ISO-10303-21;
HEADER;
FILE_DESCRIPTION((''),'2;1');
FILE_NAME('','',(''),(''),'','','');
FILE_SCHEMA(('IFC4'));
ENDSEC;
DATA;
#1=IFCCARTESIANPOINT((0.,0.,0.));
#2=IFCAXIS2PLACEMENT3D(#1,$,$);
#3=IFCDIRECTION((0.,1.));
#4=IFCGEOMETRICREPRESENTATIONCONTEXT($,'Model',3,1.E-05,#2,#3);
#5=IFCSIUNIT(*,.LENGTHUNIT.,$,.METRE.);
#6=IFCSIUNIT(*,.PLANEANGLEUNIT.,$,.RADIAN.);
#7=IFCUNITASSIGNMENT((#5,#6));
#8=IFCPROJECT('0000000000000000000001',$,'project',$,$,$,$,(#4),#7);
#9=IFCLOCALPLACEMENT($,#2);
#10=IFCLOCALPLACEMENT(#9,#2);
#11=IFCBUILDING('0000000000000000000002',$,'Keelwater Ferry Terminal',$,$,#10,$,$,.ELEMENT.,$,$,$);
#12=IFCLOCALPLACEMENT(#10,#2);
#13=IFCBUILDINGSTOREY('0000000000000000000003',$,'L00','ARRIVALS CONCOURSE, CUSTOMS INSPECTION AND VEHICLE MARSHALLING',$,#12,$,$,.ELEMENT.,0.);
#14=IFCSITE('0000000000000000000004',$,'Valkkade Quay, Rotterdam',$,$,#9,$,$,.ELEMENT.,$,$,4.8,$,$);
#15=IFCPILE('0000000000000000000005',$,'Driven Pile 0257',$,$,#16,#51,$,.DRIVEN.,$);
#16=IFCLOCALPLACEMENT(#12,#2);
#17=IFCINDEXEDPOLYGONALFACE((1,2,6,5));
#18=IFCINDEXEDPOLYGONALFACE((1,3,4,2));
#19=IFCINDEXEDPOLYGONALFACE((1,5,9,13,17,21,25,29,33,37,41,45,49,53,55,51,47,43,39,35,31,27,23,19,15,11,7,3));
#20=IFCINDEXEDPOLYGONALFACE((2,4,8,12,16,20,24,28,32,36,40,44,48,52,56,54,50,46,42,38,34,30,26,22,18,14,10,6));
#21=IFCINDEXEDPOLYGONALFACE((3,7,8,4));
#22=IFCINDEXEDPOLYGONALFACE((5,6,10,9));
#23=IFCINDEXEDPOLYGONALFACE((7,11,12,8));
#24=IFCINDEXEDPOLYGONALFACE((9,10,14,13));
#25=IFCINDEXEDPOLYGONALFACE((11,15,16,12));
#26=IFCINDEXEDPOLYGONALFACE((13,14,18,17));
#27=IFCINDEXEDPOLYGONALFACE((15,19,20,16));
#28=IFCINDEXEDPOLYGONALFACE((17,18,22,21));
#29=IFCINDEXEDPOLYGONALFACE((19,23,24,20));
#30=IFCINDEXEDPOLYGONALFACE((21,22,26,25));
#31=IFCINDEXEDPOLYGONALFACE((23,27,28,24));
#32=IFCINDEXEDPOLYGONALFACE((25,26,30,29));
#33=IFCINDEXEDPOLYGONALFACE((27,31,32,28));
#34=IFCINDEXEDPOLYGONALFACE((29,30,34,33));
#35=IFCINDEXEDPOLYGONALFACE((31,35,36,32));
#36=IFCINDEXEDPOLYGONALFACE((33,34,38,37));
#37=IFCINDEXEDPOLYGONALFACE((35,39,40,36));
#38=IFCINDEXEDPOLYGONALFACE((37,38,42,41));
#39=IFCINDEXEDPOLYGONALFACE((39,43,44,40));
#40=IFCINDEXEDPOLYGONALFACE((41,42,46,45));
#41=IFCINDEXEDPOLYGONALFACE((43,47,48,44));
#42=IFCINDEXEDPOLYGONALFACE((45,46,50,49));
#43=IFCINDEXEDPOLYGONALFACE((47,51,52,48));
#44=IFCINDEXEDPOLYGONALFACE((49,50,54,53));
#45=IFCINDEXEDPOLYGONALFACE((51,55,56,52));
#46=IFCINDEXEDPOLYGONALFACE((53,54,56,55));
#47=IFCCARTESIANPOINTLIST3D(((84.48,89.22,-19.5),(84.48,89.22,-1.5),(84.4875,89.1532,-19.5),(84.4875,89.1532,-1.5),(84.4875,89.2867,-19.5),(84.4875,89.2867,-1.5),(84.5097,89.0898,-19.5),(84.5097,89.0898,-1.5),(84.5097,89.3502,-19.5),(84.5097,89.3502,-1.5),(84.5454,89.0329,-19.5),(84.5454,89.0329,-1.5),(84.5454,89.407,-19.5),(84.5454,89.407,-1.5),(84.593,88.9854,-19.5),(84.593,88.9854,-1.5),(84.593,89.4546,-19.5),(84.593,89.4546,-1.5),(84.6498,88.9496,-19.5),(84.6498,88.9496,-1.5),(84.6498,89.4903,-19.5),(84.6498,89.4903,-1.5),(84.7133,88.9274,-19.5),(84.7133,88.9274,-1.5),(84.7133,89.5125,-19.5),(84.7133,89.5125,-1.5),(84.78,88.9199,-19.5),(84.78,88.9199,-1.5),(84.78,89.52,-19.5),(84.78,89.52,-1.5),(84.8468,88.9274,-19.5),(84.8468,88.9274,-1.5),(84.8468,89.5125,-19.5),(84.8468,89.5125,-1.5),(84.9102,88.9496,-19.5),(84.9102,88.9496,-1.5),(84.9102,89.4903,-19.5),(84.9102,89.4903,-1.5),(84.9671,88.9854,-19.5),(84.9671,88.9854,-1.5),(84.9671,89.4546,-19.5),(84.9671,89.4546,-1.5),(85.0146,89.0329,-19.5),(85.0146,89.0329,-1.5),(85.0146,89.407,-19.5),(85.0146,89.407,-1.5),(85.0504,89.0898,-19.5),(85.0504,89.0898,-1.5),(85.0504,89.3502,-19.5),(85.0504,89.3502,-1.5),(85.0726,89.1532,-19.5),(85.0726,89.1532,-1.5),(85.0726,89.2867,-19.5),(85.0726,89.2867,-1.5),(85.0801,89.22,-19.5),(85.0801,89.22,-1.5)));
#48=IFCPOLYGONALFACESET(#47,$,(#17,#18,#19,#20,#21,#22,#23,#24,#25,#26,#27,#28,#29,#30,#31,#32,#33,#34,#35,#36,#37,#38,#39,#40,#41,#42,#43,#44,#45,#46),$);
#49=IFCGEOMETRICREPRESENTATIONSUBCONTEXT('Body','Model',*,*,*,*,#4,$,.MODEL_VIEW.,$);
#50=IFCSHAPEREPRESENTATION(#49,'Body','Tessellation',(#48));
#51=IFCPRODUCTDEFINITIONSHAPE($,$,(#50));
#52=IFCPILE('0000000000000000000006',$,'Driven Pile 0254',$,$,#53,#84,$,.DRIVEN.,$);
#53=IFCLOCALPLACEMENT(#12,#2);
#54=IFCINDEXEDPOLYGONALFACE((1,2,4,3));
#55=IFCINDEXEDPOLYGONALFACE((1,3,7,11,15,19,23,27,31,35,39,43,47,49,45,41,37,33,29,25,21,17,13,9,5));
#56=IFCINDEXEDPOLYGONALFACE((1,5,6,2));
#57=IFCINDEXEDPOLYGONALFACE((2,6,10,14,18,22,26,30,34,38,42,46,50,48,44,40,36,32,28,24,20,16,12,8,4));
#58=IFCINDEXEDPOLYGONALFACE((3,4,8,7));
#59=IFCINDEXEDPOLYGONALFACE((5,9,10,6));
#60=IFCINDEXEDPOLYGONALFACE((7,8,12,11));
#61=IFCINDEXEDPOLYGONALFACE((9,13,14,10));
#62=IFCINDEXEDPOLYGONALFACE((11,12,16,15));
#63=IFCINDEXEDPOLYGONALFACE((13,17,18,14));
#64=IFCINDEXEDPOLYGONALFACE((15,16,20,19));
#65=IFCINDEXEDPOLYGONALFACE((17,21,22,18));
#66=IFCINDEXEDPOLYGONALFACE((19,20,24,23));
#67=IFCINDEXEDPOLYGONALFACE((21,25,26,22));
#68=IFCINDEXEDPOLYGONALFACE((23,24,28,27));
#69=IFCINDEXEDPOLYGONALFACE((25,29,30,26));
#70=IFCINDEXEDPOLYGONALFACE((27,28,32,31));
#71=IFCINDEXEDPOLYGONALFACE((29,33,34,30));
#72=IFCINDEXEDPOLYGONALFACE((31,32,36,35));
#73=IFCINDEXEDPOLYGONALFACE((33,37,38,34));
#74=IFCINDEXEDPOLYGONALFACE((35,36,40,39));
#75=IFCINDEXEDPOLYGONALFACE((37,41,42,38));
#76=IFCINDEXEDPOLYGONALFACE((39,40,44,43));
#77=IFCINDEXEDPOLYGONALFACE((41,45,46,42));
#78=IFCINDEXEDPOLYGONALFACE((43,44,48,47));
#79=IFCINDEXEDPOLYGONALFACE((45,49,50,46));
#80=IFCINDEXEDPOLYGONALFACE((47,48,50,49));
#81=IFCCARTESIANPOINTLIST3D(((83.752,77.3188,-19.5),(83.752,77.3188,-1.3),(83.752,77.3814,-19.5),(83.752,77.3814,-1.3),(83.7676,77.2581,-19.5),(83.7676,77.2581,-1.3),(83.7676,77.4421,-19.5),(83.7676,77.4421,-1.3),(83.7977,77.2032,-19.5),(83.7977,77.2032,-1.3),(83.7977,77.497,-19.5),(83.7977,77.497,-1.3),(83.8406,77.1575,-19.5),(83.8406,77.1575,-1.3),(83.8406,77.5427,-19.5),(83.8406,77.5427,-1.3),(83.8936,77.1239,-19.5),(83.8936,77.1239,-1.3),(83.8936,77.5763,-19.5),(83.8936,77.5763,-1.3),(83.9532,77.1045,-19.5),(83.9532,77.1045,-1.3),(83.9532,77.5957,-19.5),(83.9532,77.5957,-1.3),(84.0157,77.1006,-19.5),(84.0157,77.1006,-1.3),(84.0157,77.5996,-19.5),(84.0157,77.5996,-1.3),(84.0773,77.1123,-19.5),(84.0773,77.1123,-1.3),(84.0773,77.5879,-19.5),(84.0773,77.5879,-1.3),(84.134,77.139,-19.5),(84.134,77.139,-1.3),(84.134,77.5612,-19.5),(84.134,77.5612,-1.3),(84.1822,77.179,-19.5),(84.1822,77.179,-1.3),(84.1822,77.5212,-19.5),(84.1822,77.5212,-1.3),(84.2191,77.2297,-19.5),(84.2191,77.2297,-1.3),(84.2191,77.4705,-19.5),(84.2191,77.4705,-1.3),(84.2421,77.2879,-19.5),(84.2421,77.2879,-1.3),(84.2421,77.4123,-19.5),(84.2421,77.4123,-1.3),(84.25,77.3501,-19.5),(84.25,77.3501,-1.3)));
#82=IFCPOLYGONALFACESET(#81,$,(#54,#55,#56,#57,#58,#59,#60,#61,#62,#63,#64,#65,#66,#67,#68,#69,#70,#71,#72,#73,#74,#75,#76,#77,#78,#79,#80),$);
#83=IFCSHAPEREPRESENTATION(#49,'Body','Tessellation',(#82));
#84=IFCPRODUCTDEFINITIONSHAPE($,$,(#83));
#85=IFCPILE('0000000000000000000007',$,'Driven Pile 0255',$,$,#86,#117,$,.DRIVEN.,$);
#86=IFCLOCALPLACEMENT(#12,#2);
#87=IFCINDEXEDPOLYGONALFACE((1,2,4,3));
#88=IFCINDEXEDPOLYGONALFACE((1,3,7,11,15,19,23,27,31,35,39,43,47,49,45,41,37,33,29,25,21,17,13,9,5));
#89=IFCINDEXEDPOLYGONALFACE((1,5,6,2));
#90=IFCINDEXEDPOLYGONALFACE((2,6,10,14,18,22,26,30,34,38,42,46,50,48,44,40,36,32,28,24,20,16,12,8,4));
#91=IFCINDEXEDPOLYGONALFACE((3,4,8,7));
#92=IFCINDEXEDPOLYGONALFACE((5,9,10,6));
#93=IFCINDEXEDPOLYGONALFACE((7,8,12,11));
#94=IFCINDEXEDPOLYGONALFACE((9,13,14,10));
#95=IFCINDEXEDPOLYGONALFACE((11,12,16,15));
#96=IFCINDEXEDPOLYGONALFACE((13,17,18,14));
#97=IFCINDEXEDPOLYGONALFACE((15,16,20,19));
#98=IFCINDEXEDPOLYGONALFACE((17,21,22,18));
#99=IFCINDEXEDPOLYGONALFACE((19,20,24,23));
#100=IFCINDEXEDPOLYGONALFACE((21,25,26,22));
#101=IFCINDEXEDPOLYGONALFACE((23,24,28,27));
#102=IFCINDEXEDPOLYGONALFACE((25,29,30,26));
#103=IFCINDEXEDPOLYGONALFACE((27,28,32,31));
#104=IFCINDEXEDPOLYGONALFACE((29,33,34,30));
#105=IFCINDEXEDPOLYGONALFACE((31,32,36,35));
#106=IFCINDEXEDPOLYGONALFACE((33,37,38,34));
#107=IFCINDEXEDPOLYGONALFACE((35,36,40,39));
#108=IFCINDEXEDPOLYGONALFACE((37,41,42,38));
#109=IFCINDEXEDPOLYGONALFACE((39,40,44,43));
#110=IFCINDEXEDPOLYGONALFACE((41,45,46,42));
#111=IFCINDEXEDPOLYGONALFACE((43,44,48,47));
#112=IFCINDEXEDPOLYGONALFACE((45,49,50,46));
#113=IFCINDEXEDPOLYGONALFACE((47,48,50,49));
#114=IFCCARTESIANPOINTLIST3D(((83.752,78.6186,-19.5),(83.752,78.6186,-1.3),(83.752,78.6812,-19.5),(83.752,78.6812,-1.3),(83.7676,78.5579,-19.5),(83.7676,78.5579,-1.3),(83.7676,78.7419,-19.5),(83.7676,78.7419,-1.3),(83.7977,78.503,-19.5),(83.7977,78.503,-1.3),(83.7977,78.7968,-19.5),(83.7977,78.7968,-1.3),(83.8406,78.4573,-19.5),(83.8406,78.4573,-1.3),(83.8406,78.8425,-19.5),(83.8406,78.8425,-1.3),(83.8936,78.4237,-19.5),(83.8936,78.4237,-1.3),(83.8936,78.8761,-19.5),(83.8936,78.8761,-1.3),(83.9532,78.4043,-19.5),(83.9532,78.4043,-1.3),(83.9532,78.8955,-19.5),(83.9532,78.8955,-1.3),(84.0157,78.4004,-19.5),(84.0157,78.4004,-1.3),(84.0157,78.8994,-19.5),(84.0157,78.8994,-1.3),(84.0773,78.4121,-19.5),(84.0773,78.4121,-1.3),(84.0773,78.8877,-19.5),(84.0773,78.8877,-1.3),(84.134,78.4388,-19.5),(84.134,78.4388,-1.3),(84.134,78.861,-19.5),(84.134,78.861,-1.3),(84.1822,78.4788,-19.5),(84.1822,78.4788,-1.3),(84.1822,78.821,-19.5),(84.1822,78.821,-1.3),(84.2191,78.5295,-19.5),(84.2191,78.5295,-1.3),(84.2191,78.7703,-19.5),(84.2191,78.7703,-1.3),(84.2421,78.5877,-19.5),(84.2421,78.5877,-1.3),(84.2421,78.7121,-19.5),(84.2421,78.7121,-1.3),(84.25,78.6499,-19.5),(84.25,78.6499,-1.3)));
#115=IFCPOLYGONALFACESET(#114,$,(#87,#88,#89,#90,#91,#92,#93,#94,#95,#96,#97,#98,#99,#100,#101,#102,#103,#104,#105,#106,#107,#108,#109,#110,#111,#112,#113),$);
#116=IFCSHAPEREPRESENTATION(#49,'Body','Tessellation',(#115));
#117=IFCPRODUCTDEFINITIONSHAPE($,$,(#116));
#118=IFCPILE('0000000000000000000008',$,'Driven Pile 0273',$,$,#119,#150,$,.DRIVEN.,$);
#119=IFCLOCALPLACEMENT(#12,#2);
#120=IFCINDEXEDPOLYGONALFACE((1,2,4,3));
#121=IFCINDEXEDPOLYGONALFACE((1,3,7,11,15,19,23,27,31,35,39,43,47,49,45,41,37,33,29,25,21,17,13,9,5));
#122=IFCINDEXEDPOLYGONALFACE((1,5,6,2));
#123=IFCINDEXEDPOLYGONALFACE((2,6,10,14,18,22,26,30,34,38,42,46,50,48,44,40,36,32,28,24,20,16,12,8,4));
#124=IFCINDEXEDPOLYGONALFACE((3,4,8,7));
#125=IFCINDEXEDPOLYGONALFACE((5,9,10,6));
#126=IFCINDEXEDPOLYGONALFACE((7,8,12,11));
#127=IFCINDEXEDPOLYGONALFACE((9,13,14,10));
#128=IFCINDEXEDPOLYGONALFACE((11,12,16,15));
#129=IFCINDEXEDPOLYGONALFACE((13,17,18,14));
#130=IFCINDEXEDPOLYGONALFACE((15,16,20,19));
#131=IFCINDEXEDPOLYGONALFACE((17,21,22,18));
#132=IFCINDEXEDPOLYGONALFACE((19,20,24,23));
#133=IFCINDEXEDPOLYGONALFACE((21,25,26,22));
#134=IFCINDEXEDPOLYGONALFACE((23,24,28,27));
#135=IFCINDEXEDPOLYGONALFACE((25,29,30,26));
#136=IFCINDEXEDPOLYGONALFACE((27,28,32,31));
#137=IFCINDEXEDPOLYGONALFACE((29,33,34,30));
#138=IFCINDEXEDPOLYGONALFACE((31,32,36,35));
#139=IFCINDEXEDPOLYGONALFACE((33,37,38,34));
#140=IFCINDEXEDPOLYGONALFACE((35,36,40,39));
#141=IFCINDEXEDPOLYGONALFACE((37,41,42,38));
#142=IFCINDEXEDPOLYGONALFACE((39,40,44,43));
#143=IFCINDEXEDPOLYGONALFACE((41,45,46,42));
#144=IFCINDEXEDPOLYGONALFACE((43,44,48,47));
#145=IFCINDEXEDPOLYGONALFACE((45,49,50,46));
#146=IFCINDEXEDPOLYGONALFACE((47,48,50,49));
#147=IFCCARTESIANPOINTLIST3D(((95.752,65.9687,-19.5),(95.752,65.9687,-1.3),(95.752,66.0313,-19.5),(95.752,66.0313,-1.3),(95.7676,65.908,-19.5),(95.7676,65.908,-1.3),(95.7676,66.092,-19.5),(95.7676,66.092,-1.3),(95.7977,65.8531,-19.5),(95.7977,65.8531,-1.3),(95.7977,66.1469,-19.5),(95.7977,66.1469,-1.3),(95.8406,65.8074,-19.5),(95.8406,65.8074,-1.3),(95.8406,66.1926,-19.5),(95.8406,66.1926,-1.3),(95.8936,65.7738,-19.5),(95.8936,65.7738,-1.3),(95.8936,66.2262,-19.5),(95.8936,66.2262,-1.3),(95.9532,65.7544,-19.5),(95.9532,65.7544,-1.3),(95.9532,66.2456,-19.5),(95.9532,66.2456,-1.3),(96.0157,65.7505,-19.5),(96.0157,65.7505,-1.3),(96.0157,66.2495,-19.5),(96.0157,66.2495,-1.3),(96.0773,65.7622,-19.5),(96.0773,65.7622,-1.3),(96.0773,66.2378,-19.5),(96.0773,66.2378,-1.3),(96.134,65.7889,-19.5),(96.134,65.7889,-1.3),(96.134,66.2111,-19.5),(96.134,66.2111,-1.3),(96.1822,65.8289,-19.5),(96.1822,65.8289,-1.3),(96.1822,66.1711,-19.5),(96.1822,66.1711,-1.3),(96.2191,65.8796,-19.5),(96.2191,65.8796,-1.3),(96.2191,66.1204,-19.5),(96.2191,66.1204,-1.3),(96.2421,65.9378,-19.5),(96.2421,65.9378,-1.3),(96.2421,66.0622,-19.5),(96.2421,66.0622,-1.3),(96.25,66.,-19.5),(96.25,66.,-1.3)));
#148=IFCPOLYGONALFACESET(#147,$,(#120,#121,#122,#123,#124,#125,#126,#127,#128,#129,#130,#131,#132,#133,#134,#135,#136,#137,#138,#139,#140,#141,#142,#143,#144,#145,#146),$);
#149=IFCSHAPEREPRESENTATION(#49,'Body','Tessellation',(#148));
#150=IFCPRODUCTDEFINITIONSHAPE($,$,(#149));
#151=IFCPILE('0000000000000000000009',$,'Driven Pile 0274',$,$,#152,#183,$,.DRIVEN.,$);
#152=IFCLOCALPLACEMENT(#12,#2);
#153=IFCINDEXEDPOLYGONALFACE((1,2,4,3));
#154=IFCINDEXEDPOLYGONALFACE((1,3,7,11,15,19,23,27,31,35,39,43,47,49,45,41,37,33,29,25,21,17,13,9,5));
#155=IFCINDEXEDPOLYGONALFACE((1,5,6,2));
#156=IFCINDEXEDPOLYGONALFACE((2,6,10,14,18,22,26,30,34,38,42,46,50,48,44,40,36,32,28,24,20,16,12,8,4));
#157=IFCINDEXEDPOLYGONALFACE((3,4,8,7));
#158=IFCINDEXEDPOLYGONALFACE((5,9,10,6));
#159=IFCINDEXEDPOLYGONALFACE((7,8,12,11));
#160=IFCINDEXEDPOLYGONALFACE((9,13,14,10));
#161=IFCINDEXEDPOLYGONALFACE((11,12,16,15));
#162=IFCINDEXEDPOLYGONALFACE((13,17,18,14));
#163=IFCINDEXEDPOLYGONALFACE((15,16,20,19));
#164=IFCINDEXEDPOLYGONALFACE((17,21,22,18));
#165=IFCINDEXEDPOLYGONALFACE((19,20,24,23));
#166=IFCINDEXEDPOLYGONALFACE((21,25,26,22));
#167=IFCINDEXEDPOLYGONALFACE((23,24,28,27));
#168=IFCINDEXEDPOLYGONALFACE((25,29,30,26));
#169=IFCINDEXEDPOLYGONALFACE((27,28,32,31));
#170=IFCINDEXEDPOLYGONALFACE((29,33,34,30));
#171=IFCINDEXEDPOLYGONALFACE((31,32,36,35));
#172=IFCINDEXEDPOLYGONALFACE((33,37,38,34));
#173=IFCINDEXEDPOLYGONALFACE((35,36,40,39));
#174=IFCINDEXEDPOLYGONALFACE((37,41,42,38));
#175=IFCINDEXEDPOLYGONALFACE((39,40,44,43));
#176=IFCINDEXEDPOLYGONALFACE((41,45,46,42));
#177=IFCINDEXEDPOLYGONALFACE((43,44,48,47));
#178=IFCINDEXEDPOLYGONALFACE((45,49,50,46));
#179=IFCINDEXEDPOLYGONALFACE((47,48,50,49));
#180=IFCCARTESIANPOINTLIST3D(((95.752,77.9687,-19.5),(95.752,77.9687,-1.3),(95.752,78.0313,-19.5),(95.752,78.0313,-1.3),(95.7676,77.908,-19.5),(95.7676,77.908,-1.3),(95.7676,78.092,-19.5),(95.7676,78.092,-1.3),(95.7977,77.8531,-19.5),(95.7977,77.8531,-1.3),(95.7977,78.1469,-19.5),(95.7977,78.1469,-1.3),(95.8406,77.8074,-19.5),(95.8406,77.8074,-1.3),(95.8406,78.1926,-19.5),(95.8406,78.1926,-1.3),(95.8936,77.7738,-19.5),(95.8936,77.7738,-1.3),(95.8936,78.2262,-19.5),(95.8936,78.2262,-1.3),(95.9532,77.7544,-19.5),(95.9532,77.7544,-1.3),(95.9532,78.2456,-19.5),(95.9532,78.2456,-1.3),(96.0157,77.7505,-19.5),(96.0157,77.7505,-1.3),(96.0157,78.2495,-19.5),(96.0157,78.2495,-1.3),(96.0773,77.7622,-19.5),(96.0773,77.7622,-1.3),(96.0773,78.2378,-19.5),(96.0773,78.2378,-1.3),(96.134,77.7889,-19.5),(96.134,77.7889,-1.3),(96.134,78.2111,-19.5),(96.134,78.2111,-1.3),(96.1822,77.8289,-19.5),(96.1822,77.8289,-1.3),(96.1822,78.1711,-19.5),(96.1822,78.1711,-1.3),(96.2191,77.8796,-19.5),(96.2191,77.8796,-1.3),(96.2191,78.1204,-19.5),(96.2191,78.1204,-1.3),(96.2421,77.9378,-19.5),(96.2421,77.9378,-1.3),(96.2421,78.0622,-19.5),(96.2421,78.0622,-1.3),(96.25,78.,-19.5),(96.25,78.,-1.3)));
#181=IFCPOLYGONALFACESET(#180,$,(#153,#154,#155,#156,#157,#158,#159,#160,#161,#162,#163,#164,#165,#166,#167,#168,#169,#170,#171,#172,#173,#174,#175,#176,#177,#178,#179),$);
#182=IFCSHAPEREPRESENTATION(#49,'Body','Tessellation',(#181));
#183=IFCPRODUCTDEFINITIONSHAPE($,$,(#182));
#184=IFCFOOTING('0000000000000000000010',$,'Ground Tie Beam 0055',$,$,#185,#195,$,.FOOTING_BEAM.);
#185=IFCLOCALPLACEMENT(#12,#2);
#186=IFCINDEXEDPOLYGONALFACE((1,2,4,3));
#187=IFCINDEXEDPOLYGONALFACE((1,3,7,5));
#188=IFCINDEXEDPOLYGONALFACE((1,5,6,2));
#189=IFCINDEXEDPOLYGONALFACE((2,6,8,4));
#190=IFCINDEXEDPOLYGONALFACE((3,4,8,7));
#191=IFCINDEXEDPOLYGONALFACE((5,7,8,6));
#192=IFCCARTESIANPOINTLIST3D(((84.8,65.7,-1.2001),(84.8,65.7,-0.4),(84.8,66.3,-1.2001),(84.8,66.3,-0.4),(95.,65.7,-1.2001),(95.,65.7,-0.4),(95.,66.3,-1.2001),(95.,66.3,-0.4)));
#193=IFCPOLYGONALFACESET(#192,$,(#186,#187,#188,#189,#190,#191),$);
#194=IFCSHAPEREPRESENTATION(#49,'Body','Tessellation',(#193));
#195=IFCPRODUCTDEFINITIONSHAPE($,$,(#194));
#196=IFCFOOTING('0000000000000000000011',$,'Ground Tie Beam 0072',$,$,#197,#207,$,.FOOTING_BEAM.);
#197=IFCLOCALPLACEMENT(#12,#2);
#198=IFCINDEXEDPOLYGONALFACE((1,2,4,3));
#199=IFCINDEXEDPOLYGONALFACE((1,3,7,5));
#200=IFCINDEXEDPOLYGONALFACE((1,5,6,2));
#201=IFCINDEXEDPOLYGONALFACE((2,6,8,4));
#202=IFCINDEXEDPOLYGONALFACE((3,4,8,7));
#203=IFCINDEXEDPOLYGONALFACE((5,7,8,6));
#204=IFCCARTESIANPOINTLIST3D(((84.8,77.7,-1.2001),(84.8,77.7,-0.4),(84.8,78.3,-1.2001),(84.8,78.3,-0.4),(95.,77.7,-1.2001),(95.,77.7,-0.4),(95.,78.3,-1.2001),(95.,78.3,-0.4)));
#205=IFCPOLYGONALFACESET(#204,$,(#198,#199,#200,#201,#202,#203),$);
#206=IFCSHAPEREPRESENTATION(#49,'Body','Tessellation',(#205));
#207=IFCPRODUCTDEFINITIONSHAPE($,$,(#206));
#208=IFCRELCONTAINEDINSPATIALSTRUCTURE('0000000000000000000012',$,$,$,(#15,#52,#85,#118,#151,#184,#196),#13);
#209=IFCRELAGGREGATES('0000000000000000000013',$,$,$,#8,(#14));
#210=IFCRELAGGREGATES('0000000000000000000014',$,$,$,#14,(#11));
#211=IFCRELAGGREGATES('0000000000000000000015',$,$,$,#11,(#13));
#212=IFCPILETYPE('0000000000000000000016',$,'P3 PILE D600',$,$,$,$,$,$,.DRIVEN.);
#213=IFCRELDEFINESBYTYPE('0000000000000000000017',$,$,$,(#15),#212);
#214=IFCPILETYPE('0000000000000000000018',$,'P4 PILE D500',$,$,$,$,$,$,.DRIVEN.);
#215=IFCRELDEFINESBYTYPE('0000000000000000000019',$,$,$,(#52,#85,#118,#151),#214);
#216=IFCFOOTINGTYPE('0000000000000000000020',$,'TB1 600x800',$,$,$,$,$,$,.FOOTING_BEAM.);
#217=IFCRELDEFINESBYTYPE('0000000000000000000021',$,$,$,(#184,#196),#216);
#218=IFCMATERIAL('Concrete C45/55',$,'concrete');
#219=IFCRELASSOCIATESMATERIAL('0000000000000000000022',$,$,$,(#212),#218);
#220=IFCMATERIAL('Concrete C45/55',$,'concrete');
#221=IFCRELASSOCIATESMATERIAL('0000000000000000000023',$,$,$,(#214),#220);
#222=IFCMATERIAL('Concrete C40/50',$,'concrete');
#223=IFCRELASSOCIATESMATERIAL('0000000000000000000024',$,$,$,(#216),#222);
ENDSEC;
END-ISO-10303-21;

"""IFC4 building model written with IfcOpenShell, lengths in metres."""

from ifc_helpers import new_model, si_unit, direction, frame, origin, origin_2d, place, context, subcontext, project, spatial, rectangle, circle, extrude, material, material_profile, profile_set, type_object, element, save


model = new_model("IFC4")

# Units and contexts
model_context = context("Model", 3, precision=1e-05, world=origin(), true_north=direction((0.0, 1.0)))
body_context = subcontext(model_context, "Body", "Model", "MODEL_VIEW")
ifc_project = project(units=[si_unit("LENGTHUNIT", "METRE"), si_unit("PLANEANGLEUNIT", "RADIAN")], contexts=[model_context])

# Site, building, storey
site_placement = place(None, origin())
site = spatial("IfcSite", under=ifc_project, at=site_placement, Name="Valkkade Quay, Rotterdam", CompositionType="ELEMENT", RefElevation=4.8)
building_placement = place(site_placement, origin())
building = spatial("IfcBuilding", under=site, at=building_placement, Name="Keelwater Ferry Terminal", CompositionType="ELEMENT")
storey_placement = place(building_placement, origin())
storey = spatial("IfcBuildingStorey", under=building, at=storey_placement, Name="L00", Description="ARRIVALS CONCOURSE, CUSTOMS INSPECTION AND VEHICLE MARSHALLING", CompositionType="ELEMENT", Elevation=0.0)

# Piles
ifc_material_1 = material(Name="Concrete C45/55", Category="concrete")
ifc_material_profile_1 = material_profile(ifc_material_1, circle(Radius=0.3, at=origin_2d()), Name="PILE D600")
ifc_profile_set_1 = profile_set([ifc_material_profile_1], Name="Concrete C45/55")
pile_type_1 = type_object("IfcPileType", Name="P3 PILE D600", PredefinedType="DRIVEN", material=ifc_profile_set_1)
pile_placement = place(storey_placement, frame((84.78, 89.22, -1.5), z_axis=(0.0, 0.0, -1.0), x_axis=(1.0, 0.0, 0.0)))
element("IfcPile", 1, at=pile_placement, inside=storey, type_object=pile_type_1, Name="Driven Pile 0257", PredefinedType="DRIVEN", context=body_context, shape_type="SweptSolid", body=[
    extrude(circle(Radius=0.3, at=origin_2d()), origin(), (0.0, 0.0, 1.0), 18.0),
])
ifc_material_2 = material(Name="Concrete C45/55", Category="concrete")
ifc_material_profile_2 = material_profile(ifc_material_2, circle(Radius=0.25, at=origin_2d()), Name="PILE D500")
ifc_profile_set_2 = profile_set([ifc_material_profile_2], Name="Concrete C45/55")
pile_type_2 = type_object("IfcPileType", Name="P4 PILE D500", PredefinedType="DRIVEN", material=ifc_profile_set_2)
for number, where, z_axis, x_axis, name in (
    (2, (84.0, 77.3501, -1.3), (0.0, 0.0, -1.0), (1.0, 0.0, 0.0), "Driven Pile 0254"),
    (3, (84.0, 78.6499, -1.3), (0.0, 0.0, -1.0), (1.0, 0.0, 0.0), "Driven Pile 0255"),
    (4, (96.0, 66.0, -1.3), (0.0, 0.0, -1.0), (1.0, 0.0, 0.0), "Driven Pile 0273"),
    (5, (96.0, 78.0, -1.3), (0.0, 0.0, -1.0), (1.0, 0.0, 0.0), "Driven Pile 0274"),
):
    element("IfcPile", number, at=place(storey_placement, frame(where, z_axis=z_axis, x_axis=x_axis)), inside=storey, type_object=pile_type_2, Name=name, PredefinedType="DRIVEN", context=body_context, shape_type="SweptSolid", body=[
        extrude(circle(Radius=0.25, at=origin_2d()), origin(), (0.0, 0.0, 1.0), 18.2),
    ])

# Footings
ifc_material_3 = material(Name="Concrete C40/50", Category="concrete")
ifc_material_profile_3 = material_profile(ifc_material_3, rectangle(XDim=0.6001, YDim=0.8, at=origin_2d()), Name="TB 600x800")
ifc_profile_set_3 = profile_set([ifc_material_profile_3], Name="Concrete C40/50")
footing_type_1 = type_object("IfcFootingType", Name="TB1 600x800", PredefinedType="FOOTING_BEAM", material=ifc_profile_set_3)
for number, where, z_axis, x_axis, name in (
    (6, (84.8, 66.0, -0.8), (1.0, 0.0, 0.0), (0.0, 1.0, 0.0), "Ground Tie Beam 0055"),
    (7, (84.8, 78.0, -0.8), (1.0, 0.0, 0.0), (0.0, 1.0, 0.0), "Ground Tie Beam 0072"),
):
    element("IfcFooting", number, at=place(storey_placement, frame(where, z_axis=z_axis, x_axis=x_axis)), inside=storey, type_object=footing_type_1, Name=name, PredefinedType="FOOTING_BEAM", context=body_context, shape_type="SweptSolid", body=[
        extrude(rectangle(XDim=0.6001, YDim=0.8, at=origin_2d()), origin(), (0.0, 0.0, 1.0), 10.2),
    ])

save(model, "model.ifc")
